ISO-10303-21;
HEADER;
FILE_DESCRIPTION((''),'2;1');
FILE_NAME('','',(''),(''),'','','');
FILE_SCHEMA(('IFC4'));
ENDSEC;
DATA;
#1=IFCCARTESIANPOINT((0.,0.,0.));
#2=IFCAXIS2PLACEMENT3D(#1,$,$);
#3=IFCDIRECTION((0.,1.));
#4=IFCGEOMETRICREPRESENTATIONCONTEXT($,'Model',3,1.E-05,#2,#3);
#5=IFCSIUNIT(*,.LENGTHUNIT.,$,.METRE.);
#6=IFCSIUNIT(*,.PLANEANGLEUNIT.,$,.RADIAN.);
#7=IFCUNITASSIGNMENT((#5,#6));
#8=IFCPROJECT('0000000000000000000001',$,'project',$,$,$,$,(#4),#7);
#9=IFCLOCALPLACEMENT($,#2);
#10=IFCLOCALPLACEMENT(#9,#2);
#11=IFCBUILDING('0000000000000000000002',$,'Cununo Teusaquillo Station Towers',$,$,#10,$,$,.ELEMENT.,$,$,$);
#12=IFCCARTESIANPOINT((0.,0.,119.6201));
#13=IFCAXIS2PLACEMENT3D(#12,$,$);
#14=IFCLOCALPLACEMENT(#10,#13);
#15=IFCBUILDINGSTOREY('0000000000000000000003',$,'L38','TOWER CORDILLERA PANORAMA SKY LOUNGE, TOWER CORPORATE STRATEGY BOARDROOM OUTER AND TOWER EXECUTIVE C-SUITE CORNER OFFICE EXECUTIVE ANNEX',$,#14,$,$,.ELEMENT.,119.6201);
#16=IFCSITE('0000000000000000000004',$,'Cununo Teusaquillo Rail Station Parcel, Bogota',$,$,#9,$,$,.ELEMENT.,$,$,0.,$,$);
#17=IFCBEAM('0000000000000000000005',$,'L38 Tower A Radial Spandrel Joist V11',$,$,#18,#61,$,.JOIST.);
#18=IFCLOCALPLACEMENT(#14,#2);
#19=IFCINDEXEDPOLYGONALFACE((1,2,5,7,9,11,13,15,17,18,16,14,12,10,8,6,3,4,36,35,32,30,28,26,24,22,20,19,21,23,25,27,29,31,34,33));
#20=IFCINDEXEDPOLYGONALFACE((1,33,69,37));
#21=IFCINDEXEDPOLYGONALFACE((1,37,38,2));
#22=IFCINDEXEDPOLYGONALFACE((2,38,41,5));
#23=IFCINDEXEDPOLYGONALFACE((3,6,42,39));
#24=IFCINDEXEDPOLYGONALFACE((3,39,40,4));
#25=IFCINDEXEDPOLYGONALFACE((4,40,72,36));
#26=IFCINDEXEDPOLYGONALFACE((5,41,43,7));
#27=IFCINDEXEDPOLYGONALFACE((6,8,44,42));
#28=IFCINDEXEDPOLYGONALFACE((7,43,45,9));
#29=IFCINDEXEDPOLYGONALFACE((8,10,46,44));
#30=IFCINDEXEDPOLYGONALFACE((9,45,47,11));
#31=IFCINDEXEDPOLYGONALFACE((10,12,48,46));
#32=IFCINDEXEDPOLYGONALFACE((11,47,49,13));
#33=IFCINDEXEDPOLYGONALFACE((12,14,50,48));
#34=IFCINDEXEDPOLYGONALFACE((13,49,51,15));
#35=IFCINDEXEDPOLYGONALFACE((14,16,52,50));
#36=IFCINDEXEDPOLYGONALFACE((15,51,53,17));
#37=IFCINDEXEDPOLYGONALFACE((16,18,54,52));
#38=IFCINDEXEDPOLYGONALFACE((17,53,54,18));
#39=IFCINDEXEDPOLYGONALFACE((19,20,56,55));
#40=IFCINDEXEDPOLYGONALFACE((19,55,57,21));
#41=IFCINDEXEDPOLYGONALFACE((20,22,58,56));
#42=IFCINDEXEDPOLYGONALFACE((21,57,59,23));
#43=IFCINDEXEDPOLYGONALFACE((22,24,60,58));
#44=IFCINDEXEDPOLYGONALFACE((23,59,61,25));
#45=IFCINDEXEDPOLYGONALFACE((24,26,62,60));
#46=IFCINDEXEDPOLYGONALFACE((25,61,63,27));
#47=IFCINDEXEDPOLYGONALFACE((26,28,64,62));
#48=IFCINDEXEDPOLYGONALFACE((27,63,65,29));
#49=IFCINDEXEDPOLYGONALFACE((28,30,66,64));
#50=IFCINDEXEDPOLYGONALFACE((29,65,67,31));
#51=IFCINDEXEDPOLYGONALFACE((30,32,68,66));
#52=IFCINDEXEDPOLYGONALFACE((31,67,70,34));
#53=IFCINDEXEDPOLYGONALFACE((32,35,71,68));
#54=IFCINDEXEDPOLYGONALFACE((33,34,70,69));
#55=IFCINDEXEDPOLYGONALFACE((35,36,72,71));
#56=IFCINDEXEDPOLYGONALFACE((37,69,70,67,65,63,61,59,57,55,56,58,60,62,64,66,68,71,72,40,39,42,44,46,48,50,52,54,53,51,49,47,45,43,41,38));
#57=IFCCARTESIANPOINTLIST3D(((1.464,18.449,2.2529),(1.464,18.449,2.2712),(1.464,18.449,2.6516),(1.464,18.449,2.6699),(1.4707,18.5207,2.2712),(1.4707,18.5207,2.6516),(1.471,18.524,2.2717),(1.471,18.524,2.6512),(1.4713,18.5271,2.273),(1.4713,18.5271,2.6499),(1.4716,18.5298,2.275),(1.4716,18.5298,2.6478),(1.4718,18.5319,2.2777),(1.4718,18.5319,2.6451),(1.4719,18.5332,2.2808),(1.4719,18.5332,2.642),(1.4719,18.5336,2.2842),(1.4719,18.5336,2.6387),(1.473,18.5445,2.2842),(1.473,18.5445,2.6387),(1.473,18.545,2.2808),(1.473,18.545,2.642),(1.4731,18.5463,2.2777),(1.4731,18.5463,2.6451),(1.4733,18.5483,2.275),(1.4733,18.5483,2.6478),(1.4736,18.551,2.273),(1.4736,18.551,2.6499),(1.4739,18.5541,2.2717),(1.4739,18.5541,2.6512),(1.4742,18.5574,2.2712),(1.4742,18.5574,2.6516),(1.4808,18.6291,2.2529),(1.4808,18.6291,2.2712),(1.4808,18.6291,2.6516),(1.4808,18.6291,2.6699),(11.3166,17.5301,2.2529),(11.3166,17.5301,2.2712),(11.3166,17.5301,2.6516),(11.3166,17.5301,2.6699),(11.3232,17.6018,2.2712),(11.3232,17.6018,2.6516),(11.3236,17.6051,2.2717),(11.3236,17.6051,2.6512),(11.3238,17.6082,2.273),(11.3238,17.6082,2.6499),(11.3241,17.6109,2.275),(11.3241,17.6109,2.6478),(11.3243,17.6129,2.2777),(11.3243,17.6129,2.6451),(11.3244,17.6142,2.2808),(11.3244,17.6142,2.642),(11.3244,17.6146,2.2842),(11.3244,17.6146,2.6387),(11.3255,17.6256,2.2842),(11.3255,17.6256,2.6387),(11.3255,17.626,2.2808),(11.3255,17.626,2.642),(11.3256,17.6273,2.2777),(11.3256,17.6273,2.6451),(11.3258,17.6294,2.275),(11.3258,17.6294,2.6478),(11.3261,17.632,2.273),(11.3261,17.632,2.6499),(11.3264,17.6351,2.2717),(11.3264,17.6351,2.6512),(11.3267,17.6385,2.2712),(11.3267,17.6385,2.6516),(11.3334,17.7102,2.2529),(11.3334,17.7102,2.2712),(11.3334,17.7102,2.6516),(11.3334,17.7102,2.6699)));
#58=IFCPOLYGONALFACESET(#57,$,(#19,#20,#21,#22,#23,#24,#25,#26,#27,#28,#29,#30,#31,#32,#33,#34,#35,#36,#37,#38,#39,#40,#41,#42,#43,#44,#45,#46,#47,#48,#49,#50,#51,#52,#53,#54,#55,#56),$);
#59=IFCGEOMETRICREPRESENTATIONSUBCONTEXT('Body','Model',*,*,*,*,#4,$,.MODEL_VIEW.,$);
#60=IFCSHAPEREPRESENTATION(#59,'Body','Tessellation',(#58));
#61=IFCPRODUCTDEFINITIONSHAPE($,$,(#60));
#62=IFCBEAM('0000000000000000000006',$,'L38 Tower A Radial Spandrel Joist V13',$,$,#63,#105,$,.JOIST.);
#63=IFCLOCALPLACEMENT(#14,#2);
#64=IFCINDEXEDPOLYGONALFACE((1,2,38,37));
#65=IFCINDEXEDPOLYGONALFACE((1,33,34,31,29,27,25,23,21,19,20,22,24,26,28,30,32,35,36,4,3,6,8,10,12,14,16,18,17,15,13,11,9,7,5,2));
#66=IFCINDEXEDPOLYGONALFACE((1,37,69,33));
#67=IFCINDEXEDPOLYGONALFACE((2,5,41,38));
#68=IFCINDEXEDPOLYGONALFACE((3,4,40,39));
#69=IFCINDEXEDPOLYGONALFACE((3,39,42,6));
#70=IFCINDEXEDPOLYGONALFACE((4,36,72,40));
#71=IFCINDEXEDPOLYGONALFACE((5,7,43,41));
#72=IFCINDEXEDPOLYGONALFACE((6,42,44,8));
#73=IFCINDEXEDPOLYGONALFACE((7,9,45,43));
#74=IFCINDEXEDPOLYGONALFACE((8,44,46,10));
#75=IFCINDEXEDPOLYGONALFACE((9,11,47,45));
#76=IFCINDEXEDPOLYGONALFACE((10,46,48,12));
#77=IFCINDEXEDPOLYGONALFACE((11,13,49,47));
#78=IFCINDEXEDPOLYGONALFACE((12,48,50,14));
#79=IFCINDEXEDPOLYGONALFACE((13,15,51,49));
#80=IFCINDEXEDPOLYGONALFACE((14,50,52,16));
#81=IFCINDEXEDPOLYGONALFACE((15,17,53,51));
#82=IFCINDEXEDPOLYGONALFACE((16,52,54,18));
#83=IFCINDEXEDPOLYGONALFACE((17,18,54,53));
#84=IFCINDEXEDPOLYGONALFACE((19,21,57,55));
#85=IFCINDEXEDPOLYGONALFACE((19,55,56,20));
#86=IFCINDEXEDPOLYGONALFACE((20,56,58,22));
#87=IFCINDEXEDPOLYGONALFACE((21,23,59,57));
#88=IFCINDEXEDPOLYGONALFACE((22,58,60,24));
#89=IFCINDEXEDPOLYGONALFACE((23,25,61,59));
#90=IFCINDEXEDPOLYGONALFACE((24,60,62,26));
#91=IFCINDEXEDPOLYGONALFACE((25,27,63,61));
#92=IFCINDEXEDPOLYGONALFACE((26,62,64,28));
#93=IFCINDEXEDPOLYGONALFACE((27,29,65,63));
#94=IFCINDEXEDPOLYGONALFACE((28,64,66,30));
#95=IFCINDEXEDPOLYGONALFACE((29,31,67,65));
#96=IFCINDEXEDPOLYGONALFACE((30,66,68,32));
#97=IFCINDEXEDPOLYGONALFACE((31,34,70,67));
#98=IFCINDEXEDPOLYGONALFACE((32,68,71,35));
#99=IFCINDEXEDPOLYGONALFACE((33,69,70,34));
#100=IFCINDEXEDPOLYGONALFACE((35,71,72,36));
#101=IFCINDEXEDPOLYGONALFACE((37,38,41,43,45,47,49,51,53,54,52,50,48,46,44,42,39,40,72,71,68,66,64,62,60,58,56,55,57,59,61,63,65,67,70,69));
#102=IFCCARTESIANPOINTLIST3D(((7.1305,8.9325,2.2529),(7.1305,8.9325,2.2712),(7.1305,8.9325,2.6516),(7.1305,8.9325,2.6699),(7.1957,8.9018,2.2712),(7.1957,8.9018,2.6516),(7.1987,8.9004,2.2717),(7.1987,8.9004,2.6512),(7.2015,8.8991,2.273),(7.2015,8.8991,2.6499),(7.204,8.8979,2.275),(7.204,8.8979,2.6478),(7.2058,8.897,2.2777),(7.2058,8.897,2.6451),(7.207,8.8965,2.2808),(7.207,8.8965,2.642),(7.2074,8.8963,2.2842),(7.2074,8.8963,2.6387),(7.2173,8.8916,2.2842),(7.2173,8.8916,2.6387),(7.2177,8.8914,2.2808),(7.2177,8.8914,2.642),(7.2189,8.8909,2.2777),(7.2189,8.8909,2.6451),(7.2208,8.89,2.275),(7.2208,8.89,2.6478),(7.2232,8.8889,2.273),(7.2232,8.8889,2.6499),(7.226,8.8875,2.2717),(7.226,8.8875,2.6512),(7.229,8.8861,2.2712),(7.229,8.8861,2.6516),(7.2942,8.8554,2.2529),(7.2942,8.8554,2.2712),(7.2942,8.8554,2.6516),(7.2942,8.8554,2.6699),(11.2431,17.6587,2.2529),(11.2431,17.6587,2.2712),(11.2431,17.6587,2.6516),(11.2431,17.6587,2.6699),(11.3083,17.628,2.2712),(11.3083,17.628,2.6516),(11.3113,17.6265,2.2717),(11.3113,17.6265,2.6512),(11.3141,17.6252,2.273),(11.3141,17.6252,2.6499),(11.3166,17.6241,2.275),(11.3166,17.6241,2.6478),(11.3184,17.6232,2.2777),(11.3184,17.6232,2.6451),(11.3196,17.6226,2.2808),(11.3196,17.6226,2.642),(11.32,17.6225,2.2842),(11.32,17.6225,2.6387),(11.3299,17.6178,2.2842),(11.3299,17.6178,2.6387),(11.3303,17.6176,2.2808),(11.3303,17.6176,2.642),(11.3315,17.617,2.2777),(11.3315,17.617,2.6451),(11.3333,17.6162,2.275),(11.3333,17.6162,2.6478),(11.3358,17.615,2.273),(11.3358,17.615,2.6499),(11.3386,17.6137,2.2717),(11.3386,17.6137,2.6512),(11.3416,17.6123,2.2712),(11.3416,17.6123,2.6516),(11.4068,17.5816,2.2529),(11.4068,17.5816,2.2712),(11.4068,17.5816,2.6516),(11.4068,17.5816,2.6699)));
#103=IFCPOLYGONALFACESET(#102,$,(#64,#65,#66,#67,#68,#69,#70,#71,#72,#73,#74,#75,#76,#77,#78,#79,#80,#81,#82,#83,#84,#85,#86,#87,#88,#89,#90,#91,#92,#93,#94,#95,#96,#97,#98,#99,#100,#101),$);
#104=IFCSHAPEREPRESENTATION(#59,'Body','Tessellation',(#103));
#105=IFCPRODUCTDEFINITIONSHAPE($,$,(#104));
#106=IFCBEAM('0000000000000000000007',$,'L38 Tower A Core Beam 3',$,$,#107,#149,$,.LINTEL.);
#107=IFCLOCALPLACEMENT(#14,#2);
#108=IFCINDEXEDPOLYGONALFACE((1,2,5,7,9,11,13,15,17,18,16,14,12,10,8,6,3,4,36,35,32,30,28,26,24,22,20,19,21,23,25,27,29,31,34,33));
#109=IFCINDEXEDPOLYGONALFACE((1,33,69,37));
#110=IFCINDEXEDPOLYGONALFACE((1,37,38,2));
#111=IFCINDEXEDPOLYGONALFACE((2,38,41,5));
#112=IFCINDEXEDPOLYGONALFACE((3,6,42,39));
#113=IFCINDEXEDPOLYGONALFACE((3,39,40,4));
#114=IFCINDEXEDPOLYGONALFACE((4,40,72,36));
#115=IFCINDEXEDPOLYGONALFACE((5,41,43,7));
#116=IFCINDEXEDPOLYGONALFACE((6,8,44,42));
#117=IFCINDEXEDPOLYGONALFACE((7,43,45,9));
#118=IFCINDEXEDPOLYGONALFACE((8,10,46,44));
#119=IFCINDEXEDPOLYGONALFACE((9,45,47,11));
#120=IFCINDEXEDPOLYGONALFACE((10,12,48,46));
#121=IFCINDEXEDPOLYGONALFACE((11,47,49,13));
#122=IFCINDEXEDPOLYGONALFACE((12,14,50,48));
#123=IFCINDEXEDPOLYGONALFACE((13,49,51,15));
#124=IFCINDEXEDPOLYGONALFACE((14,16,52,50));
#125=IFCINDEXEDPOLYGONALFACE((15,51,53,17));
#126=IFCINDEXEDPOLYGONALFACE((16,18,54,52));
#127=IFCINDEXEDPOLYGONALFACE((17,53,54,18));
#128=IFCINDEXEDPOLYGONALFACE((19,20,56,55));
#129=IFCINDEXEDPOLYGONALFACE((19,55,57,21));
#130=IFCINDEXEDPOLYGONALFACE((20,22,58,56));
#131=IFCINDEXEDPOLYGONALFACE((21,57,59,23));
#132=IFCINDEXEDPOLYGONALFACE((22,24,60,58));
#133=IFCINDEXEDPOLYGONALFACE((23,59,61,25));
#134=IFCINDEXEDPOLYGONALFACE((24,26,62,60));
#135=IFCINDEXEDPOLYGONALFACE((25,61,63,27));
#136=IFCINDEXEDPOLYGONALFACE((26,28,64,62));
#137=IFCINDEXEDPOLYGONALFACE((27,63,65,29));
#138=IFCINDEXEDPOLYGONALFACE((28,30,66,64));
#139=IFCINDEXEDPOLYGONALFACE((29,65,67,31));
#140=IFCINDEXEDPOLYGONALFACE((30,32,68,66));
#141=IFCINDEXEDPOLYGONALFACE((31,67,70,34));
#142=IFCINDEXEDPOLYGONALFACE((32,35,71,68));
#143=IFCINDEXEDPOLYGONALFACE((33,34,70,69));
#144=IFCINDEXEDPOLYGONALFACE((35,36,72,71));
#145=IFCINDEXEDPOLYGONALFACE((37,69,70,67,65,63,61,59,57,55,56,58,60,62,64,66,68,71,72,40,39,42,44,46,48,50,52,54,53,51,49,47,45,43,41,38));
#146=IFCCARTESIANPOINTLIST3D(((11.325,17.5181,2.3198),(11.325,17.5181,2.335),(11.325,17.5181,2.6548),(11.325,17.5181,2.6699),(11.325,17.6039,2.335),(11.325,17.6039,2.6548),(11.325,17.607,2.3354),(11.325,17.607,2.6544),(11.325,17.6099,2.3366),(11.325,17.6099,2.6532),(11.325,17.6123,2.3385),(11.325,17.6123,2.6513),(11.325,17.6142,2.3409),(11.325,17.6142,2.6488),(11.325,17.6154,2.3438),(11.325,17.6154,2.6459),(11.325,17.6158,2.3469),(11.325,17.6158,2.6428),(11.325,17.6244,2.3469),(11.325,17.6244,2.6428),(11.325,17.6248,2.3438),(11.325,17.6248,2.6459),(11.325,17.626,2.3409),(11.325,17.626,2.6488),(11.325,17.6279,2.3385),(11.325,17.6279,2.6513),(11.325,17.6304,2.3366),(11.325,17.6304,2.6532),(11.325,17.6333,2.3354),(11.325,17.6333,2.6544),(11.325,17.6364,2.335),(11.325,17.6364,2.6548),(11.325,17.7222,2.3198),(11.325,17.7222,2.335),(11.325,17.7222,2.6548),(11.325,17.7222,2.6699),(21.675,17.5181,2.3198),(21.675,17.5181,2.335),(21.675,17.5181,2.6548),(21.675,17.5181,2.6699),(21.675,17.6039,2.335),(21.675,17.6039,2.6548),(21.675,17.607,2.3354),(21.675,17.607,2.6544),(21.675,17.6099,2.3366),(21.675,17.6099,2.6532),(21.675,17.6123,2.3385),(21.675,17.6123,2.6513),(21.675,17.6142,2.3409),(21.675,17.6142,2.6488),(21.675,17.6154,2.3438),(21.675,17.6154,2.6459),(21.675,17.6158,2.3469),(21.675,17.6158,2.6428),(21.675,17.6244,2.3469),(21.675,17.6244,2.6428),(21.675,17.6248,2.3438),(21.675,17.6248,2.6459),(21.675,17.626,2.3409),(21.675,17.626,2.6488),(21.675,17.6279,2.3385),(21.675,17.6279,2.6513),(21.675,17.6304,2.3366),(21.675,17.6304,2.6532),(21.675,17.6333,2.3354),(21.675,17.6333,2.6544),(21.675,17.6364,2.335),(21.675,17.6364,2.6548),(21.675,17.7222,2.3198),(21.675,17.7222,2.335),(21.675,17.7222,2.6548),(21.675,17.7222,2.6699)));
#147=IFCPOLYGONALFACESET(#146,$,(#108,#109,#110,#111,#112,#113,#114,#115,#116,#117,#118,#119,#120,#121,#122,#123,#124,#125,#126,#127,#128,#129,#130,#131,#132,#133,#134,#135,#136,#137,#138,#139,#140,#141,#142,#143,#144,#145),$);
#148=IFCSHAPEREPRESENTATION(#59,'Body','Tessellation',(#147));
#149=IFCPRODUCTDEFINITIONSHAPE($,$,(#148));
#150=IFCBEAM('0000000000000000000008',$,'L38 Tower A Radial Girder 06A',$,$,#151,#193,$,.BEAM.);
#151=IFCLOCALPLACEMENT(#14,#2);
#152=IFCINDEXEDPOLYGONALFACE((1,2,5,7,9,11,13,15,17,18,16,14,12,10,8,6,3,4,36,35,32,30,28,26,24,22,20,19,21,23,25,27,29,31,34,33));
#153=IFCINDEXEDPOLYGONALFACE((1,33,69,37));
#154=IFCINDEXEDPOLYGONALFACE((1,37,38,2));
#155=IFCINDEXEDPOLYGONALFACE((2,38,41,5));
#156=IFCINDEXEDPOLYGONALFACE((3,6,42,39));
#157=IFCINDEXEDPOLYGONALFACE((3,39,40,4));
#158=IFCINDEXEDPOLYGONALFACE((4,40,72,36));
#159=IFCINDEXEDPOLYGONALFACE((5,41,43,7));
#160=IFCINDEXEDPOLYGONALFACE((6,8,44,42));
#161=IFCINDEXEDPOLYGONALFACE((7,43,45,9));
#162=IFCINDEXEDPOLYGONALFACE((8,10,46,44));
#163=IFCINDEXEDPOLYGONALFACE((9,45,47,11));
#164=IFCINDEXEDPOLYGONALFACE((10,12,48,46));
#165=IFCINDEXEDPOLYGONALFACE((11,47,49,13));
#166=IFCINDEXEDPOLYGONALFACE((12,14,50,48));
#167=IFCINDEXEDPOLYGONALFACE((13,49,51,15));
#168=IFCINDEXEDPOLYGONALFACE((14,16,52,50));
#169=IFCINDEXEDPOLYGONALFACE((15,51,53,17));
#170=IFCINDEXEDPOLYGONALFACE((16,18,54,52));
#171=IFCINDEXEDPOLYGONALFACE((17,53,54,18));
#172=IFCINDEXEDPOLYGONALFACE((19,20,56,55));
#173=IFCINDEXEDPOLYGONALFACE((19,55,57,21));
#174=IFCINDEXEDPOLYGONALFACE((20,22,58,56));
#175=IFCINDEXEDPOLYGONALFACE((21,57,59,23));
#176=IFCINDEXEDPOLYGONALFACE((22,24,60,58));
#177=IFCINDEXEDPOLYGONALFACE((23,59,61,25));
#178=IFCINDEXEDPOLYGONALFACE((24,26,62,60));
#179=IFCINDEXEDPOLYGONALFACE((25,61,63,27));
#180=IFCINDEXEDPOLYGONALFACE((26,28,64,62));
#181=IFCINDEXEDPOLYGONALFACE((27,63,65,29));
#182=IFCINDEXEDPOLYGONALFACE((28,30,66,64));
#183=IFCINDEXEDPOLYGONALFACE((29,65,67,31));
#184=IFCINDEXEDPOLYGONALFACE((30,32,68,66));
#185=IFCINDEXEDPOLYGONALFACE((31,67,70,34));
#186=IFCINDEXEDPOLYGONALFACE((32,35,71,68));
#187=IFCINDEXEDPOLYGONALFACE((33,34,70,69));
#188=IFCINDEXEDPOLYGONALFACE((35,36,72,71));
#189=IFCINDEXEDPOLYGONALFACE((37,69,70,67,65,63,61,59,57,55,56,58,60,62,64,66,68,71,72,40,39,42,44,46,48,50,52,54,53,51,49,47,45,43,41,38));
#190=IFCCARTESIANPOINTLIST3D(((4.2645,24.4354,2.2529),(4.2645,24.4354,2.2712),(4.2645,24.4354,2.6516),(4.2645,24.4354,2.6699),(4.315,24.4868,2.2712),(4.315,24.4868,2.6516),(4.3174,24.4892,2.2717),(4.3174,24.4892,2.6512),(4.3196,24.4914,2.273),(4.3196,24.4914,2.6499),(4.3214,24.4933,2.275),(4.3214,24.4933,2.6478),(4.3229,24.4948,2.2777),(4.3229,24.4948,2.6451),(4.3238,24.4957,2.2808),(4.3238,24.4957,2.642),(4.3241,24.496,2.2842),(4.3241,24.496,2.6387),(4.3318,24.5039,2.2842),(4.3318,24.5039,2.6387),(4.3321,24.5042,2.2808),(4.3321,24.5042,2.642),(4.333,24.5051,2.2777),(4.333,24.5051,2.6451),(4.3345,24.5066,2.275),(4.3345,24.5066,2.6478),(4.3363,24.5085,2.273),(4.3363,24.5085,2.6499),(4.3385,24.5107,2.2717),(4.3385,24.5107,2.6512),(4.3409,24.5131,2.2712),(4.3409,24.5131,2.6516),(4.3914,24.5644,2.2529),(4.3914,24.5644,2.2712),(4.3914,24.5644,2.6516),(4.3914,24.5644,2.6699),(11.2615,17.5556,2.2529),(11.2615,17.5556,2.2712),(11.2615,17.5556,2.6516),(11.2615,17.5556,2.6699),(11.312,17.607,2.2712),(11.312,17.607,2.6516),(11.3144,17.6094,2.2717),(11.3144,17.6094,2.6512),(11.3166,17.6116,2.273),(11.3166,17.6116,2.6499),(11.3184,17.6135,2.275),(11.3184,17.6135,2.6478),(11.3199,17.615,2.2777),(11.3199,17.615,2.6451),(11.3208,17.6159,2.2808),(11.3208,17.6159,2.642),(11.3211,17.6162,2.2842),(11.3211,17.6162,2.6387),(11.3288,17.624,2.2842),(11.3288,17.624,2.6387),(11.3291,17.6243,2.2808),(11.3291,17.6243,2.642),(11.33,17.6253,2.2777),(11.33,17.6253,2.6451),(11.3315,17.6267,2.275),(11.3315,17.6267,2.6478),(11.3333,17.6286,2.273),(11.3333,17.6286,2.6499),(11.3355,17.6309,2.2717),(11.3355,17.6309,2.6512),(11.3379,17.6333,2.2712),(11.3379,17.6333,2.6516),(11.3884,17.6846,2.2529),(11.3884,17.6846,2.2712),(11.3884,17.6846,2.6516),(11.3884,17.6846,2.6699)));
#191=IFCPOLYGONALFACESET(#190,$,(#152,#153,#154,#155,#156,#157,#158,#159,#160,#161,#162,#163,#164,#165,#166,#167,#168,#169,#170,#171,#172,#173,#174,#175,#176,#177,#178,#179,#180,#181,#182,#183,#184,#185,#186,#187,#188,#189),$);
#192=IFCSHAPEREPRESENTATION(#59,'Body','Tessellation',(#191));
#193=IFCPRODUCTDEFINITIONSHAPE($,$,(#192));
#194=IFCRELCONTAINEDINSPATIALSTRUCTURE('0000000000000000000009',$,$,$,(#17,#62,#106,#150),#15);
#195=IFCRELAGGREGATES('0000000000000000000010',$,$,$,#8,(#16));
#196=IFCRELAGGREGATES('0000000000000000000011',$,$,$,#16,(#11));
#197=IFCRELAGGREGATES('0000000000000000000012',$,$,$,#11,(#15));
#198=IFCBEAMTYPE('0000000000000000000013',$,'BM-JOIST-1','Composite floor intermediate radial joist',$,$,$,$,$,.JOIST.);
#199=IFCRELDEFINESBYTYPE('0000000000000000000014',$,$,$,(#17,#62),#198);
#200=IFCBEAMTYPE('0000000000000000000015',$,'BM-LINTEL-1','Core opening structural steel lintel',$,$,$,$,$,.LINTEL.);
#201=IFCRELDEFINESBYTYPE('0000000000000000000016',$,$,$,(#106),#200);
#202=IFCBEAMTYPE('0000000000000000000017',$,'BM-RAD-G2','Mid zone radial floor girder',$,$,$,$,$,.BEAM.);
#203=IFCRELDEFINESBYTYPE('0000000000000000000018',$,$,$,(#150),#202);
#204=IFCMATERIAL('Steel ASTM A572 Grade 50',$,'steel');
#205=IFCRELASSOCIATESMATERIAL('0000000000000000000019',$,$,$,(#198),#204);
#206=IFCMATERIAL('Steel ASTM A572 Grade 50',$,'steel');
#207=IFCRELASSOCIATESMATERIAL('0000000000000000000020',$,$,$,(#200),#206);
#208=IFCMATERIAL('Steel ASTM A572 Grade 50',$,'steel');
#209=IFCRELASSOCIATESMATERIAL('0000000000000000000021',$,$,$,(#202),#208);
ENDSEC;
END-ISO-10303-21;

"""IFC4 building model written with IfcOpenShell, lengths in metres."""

from ifc_helpers import new_model, si_unit, direction, frame, origin, origin_2d, place, context, subcontext, project, spatial, i_section, extrude, material, material_profile, profile_set, type_object, element, save


model = new_model("IFC4")

# Units and contexts
model_context = context("Model", 3, precision=1e-05, world=origin(), true_north=direction((0.0, 1.0)))
body_context = subcontext(model_context, "Body", "Model", "MODEL_VIEW")
ifc_project = project(units=[si_unit("LENGTHUNIT", "METRE"), si_unit("PLANEANGLEUNIT", "RADIAN")], contexts=[model_context])

# Site, building, storey
site_placement = place(None, origin())
site = spatial("IfcSite", under=ifc_project, at=site_placement, Name="Cununo Teusaquillo Rail Station Parcel, Bogota", CompositionType="ELEMENT", RefElevation=0.0)
building_placement = place(site_placement, origin())
building = spatial("IfcBuilding", under=site, at=building_placement, Name="Cununo Teusaquillo Station Towers", CompositionType="ELEMENT")
storey_placement = place(building_placement, frame((0.0, 0.0, 119.6201)))
storey = spatial("IfcBuildingStorey", under=building, at=storey_placement, Name="L38", Description="TOWER CORDILLERA PANORAMA SKY LOUNGE, TOWER CORPORATE STRATEGY BOARDROOM OUTER AND TOWER EXECUTIVE C-SUITE CORNER OFFICE EXECUTIVE ANNEX", CompositionType="ELEMENT", Elevation=119.6201)

# Beams
ifc_material_1 = material(Name="Steel ASTM A572 Grade 50", Category="steel")
ifc_material_profile_1 = material_profile(ifc_material_1, i_section(OverallWidth=0.1809, OverallDepth=0.417, WebThickness=0.011, FlangeThickness=0.0183, FilletRadius=0.0129, at=origin_2d()), Name="W16X57")
ifc_profile_set_1 = profile_set([ifc_material_profile_1], Name="Steel ASTM A572 Grade 50")
beam_type_1 = type_object("IfcBeamType", Name="BM-JOIST-1", Description="Composite floor intermediate radial joist", PredefinedType="JOIST", material=ifc_profile_set_1)
beam_1_placement = place(storey_placement, frame((11.325, 17.6201, 2.4614), z_axis=(-0.995679, 0.092867, 0.0), x_axis=(-0.092867, -0.995679, 0.0)))
element("IfcBeam", 1, at=beam_1_placement, inside=storey, type_object=beam_type_1, Name="L38 Tower A Radial Spandrel Joist V11", PredefinedType="JOIST", context=body_context, shape_type="SweptSolid", body=[
    extrude(i_section(OverallWidth=0.1809, OverallDepth=0.417, WebThickness=0.011, FlangeThickness=0.0183, FilletRadius=0.0129, at=origin_2d()), origin(), (0.0, 0.0, 1.0), 9.8953),
])
beam_2_placement = place(storey_placement, frame((11.325, 17.6201, 2.4614), z_axis=(-0.42632, -0.904572, 0.0), x_axis=(0.904572, -0.42632, 0.0)))
element("IfcBeam", 2, at=beam_2_placement, inside=storey, type_object=beam_type_1, Name="L38 Tower A Radial Spandrel Joist V13", PredefinedType="JOIST", context=body_context, shape_type="SweptSolid", body=[
    extrude(i_section(OverallWidth=0.1809, OverallDepth=0.417, WebThickness=0.011, FlangeThickness=0.0183, FilletRadius=0.0129, at=origin_2d()), origin(), (0.0, 0.0, 1.0), 9.6467),
])
ifc_material_2 = material(Name="Steel ASTM A572 Grade 50", Category="steel")
ifc_material_profile_2 = material_profile(ifc_material_2, i_section(OverallWidth=0.2041, OverallDepth=0.3501, WebThickness=0.0085, FlangeThickness=0.0151, FilletRadius=0.012, at=origin_2d()), Name="W14X48")
ifc_profile_set_2 = profile_set([ifc_material_profile_2], Name="Steel ASTM A572 Grade 50")
beam_type_2 = type_object("IfcBeamType", Name="BM-LINTEL-1", Description="Core opening structural steel lintel", PredefinedType="LINTEL", material=ifc_profile_set_2)
beam_3_placement = place(storey_placement, frame((11.325, 17.6201, 2.4949), z_axis=(1.0, 0.0, 0.0), x_axis=(0.0, 1.0, 0.0)))
element("IfcBeam", 3, at=beam_3_placement, inside=storey, type_object=beam_type_2, Name="L38 Tower A Core Beam 3", PredefinedType="LINTEL", context=body_context, shape_type="SweptSolid", body=[
    extrude(i_section(OverallWidth=0.2041, OverallDepth=0.3501, WebThickness=0.0085, FlangeThickness=0.0151, FilletRadius=0.012, at=origin_2d()), origin(), (0.0, 0.0, 1.0), 10.3501),
])
ifc_material_3 = material(Name="Steel ASTM A572 Grade 50", Category="steel")
ifc_material_profile_3 = material_profile(ifc_material_3, i_section(OverallWidth=0.1809, OverallDepth=0.417, WebThickness=0.011, FlangeThickness=0.0183, FilletRadius=0.0129, at=origin_2d()), Name="W16X57")
ifc_profile_set_3 = profile_set([ifc_material_profile_3], Name="Steel ASTM A572 Grade 50")
beam_type_3 = type_object("IfcBeamType", Name="BM-RAD-G2", Description="Mid zone radial floor girder", PredefinedType="BEAM", material=ifc_profile_set_3)
beam_4_placement = place(storey_placement, frame((11.325, 17.6201, 2.4614), z_axis=(-0.713053, 0.70111, 0.0), x_axis=(-0.70111, -0.713053, 0.0)))
element("IfcBeam", 4, at=beam_4_placement, inside=storey, type_object=beam_type_3, Name="L38 Tower A Radial Girder 06A", PredefinedType="BEAM", context=body_context, shape_type="SweptSolid", body=[
    extrude(i_section(OverallWidth=0.1809, OverallDepth=0.417, WebThickness=0.011, FlangeThickness=0.0183, FilletRadius=0.0129, at=origin_2d()), origin(), (0.0, 0.0, 1.0), 9.8127),
])

save(model, "model.ifc")
